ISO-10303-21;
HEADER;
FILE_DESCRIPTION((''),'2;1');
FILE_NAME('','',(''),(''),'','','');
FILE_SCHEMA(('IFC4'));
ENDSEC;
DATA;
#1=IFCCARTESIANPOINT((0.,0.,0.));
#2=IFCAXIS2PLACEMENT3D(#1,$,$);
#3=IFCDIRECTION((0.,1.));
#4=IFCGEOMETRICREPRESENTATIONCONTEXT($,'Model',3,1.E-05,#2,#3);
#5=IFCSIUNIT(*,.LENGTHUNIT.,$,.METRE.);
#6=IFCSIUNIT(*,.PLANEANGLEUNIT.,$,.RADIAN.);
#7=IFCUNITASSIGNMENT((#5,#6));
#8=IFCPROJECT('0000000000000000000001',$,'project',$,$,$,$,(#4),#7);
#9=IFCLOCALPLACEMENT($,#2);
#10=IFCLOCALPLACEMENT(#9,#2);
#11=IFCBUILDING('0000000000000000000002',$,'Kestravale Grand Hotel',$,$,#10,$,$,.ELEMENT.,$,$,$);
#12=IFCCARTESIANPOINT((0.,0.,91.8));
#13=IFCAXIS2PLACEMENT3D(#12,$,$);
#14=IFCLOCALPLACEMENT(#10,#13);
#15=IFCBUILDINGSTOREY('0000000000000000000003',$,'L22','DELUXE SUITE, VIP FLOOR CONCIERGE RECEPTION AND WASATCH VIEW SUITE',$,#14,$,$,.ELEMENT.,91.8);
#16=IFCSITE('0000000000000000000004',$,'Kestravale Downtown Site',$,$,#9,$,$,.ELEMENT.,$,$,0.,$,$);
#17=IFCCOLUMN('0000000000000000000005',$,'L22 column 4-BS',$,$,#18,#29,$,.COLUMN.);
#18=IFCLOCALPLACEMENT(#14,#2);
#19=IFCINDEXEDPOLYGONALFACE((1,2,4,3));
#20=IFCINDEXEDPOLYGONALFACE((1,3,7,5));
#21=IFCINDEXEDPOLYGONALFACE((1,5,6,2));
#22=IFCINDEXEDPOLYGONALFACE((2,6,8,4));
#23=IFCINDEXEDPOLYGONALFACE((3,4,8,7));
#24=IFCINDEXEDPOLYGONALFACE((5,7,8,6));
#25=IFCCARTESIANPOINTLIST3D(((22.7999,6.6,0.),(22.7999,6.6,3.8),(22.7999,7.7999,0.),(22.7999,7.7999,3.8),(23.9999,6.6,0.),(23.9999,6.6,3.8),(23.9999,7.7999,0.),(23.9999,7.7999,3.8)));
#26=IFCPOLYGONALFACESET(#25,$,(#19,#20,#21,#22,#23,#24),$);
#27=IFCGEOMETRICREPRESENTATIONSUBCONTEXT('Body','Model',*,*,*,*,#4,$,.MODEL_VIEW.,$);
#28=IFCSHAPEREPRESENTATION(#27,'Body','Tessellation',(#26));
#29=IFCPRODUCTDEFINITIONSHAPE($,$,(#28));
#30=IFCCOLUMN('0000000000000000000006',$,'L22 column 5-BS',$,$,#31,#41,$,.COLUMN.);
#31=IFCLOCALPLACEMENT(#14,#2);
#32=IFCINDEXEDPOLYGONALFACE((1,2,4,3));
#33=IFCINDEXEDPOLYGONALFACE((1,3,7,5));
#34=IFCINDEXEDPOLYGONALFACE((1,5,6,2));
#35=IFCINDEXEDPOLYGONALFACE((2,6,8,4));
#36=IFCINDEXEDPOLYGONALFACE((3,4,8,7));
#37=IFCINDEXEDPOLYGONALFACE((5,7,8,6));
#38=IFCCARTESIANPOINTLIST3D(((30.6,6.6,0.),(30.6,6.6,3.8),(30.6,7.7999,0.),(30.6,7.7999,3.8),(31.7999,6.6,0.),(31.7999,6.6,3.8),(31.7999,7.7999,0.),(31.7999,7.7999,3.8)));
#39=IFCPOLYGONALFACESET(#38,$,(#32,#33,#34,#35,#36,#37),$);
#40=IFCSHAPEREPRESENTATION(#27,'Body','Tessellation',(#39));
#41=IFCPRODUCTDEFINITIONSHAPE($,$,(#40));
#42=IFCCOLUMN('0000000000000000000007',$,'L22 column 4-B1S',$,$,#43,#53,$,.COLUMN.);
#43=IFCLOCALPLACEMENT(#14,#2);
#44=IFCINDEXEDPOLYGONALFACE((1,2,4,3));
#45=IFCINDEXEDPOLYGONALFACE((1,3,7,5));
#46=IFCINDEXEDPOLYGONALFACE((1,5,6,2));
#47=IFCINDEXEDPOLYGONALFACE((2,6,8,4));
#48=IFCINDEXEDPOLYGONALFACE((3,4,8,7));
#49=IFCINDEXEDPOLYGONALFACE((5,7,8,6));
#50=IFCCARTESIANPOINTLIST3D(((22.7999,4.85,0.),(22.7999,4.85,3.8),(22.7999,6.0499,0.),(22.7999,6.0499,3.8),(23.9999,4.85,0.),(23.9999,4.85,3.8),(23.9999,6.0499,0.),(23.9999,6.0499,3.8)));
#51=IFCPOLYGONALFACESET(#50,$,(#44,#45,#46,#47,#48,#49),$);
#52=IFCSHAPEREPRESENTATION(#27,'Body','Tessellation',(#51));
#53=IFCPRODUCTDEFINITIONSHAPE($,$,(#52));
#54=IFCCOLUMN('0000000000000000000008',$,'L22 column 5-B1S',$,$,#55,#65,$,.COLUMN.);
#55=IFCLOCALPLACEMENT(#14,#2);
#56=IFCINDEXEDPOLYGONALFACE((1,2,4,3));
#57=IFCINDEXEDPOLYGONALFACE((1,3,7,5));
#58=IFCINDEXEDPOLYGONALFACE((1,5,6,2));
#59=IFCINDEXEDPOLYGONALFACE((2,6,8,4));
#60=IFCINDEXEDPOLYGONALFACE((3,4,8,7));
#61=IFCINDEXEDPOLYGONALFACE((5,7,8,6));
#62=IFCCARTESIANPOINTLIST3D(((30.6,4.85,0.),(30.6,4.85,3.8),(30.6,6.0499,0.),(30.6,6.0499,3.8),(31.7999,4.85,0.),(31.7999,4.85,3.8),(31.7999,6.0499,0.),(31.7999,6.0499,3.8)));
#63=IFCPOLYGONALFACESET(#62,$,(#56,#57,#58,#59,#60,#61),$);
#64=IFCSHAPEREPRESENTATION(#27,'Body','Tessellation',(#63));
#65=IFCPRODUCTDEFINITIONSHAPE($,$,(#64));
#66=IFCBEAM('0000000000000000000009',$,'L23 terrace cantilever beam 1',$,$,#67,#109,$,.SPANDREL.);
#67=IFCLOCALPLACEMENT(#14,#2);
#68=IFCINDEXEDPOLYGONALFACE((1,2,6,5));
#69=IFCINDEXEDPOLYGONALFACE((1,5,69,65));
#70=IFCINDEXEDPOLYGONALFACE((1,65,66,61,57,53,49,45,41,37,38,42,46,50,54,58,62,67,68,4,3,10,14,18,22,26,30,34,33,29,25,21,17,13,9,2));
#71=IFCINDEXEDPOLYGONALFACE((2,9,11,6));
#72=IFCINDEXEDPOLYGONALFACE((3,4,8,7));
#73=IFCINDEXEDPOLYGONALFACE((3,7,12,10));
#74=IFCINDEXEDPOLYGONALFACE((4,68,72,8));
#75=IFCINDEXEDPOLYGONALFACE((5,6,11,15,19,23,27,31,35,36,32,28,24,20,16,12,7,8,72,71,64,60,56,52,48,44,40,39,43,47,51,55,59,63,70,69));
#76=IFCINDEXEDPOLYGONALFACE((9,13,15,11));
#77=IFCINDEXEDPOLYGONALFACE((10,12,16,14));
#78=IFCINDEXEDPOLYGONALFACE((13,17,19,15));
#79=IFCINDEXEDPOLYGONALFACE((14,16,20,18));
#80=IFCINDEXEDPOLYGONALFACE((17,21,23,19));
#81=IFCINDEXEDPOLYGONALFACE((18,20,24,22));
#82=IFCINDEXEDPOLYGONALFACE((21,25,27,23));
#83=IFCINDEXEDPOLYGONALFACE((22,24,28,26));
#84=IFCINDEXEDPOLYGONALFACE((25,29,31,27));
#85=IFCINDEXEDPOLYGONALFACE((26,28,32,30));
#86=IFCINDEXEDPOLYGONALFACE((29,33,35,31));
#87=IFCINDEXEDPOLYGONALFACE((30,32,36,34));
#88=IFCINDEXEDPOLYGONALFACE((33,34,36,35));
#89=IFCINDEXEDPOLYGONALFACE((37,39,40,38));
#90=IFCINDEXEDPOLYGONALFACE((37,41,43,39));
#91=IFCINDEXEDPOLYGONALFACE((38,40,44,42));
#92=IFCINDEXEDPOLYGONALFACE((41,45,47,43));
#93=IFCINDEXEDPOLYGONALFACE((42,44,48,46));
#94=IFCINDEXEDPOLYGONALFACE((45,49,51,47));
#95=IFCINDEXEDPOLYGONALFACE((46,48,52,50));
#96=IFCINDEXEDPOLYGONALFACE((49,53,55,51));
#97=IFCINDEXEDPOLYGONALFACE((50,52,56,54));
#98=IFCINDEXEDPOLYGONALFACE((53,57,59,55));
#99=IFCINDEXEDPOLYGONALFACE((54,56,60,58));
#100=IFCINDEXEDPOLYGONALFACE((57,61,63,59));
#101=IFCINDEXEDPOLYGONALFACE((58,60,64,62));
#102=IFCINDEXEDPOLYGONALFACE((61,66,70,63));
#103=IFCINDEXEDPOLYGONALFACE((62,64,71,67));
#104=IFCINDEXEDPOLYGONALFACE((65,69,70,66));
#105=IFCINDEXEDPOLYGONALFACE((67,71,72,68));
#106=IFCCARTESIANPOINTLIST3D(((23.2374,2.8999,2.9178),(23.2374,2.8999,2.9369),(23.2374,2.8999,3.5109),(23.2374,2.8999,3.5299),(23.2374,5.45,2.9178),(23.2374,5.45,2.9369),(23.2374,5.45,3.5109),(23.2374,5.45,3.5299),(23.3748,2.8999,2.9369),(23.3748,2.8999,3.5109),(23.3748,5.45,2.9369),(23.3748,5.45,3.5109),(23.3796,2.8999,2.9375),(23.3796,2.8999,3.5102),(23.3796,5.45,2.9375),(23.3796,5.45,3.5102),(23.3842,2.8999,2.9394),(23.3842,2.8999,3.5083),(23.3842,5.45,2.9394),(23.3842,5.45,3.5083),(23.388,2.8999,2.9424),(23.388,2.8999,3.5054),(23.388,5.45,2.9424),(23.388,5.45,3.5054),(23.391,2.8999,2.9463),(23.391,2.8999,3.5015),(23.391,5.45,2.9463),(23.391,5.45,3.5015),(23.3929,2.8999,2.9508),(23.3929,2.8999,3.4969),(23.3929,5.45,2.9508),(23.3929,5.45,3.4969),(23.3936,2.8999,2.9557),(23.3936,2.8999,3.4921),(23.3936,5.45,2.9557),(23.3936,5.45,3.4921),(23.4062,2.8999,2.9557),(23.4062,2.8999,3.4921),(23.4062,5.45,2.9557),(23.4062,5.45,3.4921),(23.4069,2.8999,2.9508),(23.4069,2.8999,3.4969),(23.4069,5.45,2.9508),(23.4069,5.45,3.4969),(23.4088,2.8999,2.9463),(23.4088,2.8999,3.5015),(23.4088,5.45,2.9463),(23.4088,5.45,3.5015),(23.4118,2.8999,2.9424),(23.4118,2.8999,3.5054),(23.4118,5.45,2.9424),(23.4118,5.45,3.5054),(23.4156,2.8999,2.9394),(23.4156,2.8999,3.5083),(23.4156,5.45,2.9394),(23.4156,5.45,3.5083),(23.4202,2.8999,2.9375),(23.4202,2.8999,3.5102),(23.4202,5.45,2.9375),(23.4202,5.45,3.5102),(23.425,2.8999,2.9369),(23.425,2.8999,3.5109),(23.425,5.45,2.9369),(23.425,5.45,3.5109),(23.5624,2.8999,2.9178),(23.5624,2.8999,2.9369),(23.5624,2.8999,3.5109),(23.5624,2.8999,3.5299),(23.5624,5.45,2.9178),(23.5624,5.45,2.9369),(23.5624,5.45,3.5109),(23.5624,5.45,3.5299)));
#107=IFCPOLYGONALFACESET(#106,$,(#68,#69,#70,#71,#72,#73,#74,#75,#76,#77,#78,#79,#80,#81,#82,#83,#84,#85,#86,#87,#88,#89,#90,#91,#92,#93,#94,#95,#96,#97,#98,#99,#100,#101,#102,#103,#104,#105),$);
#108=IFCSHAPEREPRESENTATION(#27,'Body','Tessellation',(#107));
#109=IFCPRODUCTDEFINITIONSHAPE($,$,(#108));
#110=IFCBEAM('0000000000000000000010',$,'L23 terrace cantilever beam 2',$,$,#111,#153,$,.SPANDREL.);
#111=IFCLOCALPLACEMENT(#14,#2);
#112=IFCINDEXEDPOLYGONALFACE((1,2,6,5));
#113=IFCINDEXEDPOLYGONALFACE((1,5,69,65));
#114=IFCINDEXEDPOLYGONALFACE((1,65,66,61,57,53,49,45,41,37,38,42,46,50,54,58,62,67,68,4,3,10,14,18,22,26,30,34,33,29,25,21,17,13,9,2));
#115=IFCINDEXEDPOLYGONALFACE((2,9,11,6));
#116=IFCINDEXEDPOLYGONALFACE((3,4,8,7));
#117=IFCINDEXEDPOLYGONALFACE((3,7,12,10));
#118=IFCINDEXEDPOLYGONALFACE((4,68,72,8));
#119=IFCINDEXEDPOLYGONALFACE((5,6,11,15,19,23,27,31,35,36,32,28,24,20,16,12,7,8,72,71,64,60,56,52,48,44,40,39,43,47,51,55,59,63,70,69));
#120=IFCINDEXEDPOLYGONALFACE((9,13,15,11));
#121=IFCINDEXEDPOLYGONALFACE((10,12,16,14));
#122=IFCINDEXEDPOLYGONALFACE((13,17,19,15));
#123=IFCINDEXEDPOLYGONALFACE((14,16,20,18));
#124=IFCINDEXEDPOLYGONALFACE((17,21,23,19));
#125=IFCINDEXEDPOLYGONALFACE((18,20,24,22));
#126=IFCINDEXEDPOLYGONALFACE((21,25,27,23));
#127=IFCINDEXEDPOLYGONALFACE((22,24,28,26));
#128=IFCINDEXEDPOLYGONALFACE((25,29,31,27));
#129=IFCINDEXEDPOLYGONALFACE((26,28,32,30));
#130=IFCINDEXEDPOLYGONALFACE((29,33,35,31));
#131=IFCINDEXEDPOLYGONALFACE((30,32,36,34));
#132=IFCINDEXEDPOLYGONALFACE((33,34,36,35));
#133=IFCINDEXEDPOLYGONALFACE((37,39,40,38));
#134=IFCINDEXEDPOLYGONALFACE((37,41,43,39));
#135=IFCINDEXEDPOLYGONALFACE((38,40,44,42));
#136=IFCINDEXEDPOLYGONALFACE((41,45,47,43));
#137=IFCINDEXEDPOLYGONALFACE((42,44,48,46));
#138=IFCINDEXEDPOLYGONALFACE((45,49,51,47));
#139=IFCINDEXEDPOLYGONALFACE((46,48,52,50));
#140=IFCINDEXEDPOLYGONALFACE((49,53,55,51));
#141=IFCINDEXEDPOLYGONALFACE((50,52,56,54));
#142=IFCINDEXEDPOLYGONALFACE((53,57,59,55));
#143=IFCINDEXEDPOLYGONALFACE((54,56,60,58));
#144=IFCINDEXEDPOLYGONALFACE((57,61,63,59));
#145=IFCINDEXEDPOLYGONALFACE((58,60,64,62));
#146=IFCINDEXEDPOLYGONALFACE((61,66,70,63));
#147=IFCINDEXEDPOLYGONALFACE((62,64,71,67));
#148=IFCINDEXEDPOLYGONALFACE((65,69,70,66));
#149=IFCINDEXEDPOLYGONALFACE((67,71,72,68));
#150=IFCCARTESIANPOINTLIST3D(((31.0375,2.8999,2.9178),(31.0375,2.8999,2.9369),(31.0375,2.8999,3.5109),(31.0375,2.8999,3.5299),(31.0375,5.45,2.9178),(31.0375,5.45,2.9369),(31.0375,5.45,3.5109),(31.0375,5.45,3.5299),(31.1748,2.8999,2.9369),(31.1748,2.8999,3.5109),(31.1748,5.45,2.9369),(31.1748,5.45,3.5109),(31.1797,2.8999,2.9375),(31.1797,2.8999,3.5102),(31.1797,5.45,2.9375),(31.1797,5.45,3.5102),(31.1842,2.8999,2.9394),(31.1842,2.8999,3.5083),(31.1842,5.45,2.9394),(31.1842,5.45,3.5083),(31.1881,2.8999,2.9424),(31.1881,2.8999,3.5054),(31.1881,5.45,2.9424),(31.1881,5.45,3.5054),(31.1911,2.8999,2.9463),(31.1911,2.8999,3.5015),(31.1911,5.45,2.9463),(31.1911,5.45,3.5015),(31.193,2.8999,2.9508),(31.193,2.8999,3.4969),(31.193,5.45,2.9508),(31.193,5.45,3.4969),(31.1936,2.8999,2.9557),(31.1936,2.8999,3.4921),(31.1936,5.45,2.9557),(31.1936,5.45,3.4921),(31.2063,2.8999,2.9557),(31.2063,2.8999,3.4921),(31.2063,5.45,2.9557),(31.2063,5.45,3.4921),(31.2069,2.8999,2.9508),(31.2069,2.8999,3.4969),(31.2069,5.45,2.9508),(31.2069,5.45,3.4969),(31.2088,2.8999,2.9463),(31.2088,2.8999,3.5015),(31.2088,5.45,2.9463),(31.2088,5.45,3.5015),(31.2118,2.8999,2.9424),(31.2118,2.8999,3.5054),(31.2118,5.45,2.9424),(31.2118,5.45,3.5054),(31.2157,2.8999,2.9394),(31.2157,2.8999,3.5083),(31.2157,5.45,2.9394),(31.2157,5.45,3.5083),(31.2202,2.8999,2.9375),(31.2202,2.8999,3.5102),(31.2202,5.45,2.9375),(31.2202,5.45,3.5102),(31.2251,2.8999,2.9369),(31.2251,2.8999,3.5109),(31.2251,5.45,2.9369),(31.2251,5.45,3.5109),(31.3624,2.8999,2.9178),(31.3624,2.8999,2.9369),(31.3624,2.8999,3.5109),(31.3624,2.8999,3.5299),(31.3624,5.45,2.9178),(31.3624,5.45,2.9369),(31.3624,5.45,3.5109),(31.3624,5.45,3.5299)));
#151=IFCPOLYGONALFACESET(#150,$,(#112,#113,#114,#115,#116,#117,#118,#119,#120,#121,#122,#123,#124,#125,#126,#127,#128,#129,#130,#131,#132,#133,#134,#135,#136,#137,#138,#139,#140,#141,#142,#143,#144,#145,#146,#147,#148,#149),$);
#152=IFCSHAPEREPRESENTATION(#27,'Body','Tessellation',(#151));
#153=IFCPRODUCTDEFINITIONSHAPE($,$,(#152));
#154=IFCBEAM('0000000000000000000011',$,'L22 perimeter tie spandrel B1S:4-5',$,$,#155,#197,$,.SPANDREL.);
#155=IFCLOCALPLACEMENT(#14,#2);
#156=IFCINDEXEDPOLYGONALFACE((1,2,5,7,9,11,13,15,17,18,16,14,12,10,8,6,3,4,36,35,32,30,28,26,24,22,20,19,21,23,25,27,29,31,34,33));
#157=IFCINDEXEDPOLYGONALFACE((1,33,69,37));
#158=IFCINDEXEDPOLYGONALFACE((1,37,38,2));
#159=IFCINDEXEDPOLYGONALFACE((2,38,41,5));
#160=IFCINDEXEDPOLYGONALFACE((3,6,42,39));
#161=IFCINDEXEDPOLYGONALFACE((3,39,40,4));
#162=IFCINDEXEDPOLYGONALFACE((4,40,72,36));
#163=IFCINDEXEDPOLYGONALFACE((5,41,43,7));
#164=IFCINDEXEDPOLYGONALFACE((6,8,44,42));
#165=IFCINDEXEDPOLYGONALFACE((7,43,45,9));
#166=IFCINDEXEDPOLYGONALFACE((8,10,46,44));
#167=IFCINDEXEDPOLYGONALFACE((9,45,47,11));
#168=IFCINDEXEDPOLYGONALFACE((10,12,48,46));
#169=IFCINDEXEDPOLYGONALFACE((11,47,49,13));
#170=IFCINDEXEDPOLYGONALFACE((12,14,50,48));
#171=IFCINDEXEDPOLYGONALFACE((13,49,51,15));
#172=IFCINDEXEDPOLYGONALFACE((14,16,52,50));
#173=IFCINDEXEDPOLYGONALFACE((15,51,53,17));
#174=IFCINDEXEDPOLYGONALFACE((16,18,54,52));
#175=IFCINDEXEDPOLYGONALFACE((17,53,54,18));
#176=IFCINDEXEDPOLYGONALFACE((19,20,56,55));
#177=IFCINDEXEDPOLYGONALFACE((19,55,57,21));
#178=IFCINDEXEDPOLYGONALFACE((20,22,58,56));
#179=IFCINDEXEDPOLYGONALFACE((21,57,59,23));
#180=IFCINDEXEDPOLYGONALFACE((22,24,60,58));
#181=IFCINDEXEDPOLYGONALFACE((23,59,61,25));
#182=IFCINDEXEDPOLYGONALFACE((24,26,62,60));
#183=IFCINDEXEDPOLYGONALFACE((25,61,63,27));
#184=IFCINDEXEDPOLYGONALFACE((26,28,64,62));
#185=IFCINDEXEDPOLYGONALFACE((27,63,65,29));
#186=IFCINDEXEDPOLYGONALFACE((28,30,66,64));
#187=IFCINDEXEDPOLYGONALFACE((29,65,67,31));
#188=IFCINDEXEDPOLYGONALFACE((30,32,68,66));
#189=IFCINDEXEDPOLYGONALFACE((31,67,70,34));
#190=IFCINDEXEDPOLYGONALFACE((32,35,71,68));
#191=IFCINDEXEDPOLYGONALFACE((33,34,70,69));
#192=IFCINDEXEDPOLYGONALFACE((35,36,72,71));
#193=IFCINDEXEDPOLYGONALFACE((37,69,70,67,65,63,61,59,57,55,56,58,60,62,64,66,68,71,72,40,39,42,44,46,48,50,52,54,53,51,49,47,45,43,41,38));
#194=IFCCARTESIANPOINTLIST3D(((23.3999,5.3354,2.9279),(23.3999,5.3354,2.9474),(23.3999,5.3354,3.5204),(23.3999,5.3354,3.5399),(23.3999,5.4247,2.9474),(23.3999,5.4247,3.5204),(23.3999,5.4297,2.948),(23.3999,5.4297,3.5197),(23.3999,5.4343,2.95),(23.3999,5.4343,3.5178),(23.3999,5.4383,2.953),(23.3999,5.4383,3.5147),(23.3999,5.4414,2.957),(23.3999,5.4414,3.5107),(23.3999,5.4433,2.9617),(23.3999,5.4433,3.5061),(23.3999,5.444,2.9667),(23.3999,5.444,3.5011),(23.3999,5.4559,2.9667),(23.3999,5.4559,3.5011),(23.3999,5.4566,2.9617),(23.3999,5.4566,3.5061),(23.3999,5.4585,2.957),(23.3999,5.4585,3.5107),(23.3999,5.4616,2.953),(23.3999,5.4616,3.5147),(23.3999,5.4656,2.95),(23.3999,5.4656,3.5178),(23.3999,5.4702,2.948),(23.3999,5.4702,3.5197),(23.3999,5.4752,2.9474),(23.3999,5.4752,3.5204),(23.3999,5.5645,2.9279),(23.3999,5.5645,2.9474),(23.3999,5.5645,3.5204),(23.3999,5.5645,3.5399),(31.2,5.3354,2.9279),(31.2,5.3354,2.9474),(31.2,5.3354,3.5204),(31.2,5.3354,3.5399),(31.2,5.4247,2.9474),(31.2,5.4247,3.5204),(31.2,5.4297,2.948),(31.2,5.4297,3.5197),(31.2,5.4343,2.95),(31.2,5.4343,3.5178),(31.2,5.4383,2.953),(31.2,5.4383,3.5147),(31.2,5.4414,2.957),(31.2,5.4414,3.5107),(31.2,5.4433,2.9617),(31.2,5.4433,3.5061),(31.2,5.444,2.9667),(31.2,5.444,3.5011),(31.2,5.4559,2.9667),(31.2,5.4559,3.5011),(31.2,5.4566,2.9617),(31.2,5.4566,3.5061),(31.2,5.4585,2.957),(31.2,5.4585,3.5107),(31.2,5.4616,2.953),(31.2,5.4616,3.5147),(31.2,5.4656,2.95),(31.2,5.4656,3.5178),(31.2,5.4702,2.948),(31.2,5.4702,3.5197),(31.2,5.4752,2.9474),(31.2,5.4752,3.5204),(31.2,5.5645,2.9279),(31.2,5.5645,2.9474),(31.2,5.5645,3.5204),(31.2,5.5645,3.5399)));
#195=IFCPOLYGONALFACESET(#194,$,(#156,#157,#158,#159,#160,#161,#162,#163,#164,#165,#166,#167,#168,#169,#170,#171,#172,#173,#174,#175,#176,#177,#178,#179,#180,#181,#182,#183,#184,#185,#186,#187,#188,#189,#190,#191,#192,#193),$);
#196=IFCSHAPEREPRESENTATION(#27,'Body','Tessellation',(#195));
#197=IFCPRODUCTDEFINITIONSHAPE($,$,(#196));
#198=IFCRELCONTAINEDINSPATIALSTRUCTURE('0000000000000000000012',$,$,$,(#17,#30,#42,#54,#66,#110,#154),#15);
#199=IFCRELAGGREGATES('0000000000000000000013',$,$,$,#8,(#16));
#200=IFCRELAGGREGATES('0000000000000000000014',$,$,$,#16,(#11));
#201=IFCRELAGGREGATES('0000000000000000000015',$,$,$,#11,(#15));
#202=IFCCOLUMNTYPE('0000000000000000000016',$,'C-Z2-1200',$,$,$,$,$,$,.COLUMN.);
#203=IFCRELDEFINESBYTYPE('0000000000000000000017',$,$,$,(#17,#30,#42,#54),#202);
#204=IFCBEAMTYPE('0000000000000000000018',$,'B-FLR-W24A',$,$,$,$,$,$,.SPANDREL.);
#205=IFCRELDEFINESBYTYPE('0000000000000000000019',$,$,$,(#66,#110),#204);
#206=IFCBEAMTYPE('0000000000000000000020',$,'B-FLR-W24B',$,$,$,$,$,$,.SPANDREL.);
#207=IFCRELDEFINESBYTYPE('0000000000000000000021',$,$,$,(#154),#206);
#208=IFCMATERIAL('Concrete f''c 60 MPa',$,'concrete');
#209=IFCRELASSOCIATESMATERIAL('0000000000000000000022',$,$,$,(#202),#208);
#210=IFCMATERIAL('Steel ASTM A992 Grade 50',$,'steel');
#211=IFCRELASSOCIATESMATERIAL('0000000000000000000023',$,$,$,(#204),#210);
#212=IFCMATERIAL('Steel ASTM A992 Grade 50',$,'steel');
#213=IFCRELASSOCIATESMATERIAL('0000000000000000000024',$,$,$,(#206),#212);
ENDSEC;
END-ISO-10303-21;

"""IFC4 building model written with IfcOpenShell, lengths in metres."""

from ifc_helpers import new_model, si_unit, direction, frame, origin, origin_2d, place, context, subcontext, project, spatial, rectangle, i_section, extrude, material, material_profile, profile_set, type_object, element, save


model = new_model("IFC4")

# Units and contexts
model_context = context("Model", 3, precision=1e-05, world=origin(), true_north=direction((0.0, 1.0)))
body_context = subcontext(model_context, "Body", "Model", "MODEL_VIEW")
ifc_project = project(units=[si_unit("LENGTHUNIT", "METRE"), si_unit("PLANEANGLEUNIT", "RADIAN")], contexts=[model_context])

# Site, building, storey
site_placement = place(None, origin())
site = spatial("IfcSite", under=ifc_project, at=site_placement, Name="Kestravale Downtown Site", CompositionType="ELEMENT", RefElevation=0.0)
building_placement = place(site_placement, origin())
building = spatial("IfcBuilding", under=site, at=building_placement, Name="Kestravale Grand Hotel", CompositionType="ELEMENT")
storey_placement = place(building_placement, frame((0.0, 0.0, 91.8)))
storey = spatial("IfcBuildingStorey", under=building, at=storey_placement, Name="L22", Description="DELUXE SUITE, VIP FLOOR CONCIERGE RECEPTION AND WASATCH VIEW SUITE", CompositionType="ELEMENT", Elevation=91.8)

# Columns
ifc_material_1 = material(Name="Concrete f'c 60 MPa", Category="concrete")
ifc_material_profile_1 = material_profile(ifc_material_1, rectangle(XDim=1.2, YDim=1.2, at=origin_2d()))
ifc_profile_set_1 = profile_set([ifc_material_profile_1], Name="Concrete f'c 60 MPa")
column_type = type_object("IfcColumnType", Name="C-Z2-1200", PredefinedType="COLUMN", material=ifc_profile_set_1)
for number, where, z_axis, x_axis, name in (
    (1, (23.3999, 7.2, 0.0), (0.0, 0.0, 1.0), (1.0, 0.0, 0.0), "L22 column 4-BS"),
    (2, (31.2, 7.2, 0.0), (0.0, 0.0, 1.0), (1.0, 0.0, 0.0), "L22 column 5-BS"),
    (3, (23.3999, 5.45, 0.0), (0.0, 0.0, 1.0), (1.0, 0.0, 0.0), "L22 column 4-B1S"),
    (4, (31.2, 5.45, 0.0), (0.0, 0.0, 1.0), (1.0, 0.0, 0.0), "L22 column 5-B1S"),
):
    element("IfcColumn", number, at=place(storey_placement, frame(where, z_axis=z_axis, x_axis=x_axis)), inside=storey, type_object=column_type, Name=name, PredefinedType="COLUMN", context=body_context, shape_type="SweptSolid", body=[
        extrude(rectangle(XDim=1.2, YDim=1.2, at=origin_2d()), origin(), (0.0, 0.0, 1.0), 3.8),
    ])

# Beams
ifc_material_2 = material(Name="Steel ASTM A992 Grade 50", Category="steel")
ifc_material_profile_2 = material_profile(ifc_material_2, i_section(OverallWidth=0.325, OverallDepth=0.6121, WebThickness=0.0127, FlangeThickness=0.019, FilletRadius=0.0188, at=origin_2d()))
ifc_profile_set_2 = profile_set([ifc_material_profile_2], Name="Steel ASTM A992 Grade 50")
beam_type_1 = type_object("IfcBeamType", Name="B-FLR-W24A", PredefinedType="SPANDREL", material=ifc_profile_set_2)
for number, where, z_axis, x_axis, name in (
    (5, (23.3999, 5.45, 3.2239), (0.0, -1.0, 0.0), (1.0, 0.0, 0.0), "L23 terrace cantilever beam 1"),
    (6, (31.2, 5.45, 3.2239), (0.0, -1.0, 0.0), (1.0, 0.0, 0.0), "L23 terrace cantilever beam 2"),
):
    element("IfcBeam", number, at=place(storey_placement, frame(where, z_axis=z_axis, x_axis=x_axis)), inside=storey, type_object=beam_type_1, Name=name, PredefinedType="SPANDREL", context=body_context, shape_type="SweptSolid", body=[
        extrude(i_section(OverallWidth=0.325, OverallDepth=0.6121, WebThickness=0.0127, FlangeThickness=0.019, FilletRadius=0.0188, at=origin_2d()), origin(), (0.0, 0.0, 1.0), 2.55),
    ])
ifc_material_3 = material(Name="Steel ASTM A992 Grade 50", Category="steel")
ifc_material_profile_3 = material_profile(ifc_material_3, i_section(OverallWidth=0.229, OverallDepth=0.6121, WebThickness=0.012, FlangeThickness=0.0195, FilletRadius=0.0193, at=origin_2d()))
ifc_profile_set_3 = profile_set([ifc_material_profile_3], Name="Steel ASTM A992 Grade 50")
beam_type_2 = type_object("IfcBeamType", Name="B-FLR-W24B", PredefinedType="SPANDREL", material=ifc_profile_set_3)
for number, where, z_axis, x_axis, name in (
    (7, (23.3999, 5.45, 3.2339), (1.0, 0.0, 0.0), (0.0, 1.0, 0.0), "L22 perimeter tie spandrel B1S:4-5"),
):
    element("IfcBeam", number, at=place(storey_placement, frame(where, z_axis=z_axis, x_axis=x_axis)), inside=storey, type_object=beam_type_2, Name=name, PredefinedType="SPANDREL", context=body_context, shape_type="SweptSolid", body=[
        extrude(i_section(OverallWidth=0.229, OverallDepth=0.6121, WebThickness=0.012, FlangeThickness=0.0195, FilletRadius=0.0193, at=origin_2d()), origin(), (0.0, 0.0, 1.0), 7.8),
    ])

save(model, "model.ifc")
